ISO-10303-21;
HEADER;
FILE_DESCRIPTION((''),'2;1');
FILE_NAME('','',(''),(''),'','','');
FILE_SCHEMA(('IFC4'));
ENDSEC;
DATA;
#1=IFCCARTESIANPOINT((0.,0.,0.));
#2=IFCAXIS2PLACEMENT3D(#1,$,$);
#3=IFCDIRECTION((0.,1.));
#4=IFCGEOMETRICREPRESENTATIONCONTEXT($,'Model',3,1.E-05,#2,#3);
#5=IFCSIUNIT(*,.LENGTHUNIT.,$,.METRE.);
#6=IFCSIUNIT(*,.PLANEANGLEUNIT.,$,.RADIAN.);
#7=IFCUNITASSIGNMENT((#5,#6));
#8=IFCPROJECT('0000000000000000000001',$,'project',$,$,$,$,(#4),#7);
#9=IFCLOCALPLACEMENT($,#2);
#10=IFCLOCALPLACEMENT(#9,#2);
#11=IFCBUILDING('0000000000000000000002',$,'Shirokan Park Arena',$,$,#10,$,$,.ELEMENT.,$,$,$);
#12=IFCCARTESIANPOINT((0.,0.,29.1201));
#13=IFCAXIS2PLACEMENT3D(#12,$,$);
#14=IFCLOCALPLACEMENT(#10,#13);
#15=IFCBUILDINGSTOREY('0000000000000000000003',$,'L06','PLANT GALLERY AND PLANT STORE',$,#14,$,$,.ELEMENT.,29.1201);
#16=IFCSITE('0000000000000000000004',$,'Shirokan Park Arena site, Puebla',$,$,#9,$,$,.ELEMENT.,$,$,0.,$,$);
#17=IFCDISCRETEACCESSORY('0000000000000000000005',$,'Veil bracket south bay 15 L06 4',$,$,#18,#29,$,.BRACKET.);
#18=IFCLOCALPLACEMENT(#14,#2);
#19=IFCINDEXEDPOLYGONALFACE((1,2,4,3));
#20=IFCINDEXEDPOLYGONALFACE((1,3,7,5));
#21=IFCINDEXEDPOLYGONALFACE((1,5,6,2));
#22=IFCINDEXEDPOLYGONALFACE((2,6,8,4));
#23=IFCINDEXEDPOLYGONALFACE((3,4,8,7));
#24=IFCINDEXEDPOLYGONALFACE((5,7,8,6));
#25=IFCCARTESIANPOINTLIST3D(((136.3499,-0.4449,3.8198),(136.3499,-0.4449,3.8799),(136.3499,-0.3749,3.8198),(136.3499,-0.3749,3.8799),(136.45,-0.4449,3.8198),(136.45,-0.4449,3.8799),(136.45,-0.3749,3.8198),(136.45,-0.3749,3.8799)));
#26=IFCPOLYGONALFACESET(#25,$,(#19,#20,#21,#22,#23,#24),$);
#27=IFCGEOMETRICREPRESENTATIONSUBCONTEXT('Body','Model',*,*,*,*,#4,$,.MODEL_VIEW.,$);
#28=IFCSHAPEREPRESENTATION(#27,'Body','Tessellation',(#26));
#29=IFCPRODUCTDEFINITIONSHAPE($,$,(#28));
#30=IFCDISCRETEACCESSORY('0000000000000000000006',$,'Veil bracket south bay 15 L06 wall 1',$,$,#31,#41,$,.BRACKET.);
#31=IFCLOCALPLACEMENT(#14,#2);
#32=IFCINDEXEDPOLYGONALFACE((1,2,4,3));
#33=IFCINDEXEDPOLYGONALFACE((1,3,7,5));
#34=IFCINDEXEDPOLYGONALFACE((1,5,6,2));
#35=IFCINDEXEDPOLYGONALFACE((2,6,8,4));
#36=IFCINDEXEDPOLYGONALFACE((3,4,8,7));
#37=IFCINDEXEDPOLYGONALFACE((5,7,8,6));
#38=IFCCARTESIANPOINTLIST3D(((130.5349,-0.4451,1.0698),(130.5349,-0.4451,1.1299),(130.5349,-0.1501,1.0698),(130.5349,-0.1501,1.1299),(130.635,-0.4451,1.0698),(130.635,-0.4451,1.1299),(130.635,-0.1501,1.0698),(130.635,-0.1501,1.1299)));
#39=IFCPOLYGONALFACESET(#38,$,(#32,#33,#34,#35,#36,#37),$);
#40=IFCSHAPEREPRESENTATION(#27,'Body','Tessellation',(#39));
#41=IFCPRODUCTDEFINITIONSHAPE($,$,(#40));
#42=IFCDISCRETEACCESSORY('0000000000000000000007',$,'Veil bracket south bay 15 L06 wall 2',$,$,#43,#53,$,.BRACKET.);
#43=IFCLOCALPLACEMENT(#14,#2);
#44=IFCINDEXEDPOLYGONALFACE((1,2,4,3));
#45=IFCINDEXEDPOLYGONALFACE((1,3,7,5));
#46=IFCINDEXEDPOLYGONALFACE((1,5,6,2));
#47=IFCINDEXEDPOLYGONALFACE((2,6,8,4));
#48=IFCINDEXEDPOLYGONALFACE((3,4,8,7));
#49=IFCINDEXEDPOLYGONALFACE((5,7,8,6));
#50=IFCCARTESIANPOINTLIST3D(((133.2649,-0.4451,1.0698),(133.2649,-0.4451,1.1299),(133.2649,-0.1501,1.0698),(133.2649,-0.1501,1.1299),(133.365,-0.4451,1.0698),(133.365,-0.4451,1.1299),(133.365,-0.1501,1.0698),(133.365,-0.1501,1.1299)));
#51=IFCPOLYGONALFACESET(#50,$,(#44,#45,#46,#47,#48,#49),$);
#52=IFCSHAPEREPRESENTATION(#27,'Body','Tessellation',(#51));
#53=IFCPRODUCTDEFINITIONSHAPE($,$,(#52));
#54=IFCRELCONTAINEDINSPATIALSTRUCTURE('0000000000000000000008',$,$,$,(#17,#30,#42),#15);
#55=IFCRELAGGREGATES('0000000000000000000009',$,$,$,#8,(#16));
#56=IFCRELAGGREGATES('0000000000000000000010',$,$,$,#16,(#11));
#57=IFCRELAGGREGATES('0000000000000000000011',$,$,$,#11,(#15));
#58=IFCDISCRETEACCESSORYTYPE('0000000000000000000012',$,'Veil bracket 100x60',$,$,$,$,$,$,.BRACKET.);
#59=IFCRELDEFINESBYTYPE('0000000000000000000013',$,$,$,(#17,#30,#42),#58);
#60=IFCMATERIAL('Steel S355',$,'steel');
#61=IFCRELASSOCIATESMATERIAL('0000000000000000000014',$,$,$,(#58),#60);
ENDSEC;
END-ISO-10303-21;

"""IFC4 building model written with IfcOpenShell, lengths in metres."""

from ifc_helpers import new_model, si_unit, direction, frame, origin, origin_2d, place, context, subcontext, project, spatial, rectangle, extrude, material, type_object, element, save


model = new_model("IFC4")

# Units and contexts
model_context = context("Model", 3, precision=1e-05, world=origin(), true_north=direction((0.0, 1.0)))
body_context = subcontext(model_context, "Body", "Model", "MODEL_VIEW")
ifc_project = project(units=[si_unit("LENGTHUNIT", "METRE"), si_unit("PLANEANGLEUNIT", "RADIAN")], contexts=[model_context])

# Site, building, storey
site_placement = place(None, origin())
site = spatial("IfcSite", under=ifc_project, at=site_placement, Name="Shirokan Park Arena site, Puebla", CompositionType="ELEMENT", RefElevation=0.0)
building_placement = place(site_placement, origin())
building = spatial("IfcBuilding", under=site, at=building_placement, Name="Shirokan Park Arena", CompositionType="ELEMENT")
storey_placement = place(building_placement, frame((0.0, 0.0, 29.1201)))
storey = spatial("IfcBuildingStorey", under=building, at=storey_placement, Name="L06", Description="PLANT GALLERY AND PLANT STORE", CompositionType="ELEMENT", Elevation=29.1201)

# Discrete accessories
ifc_material_1 = material(Name="Steel S355", Category="steel")
discrete_accessory_type = type_object("IfcDiscreteAccessoryType", Name="Veil bracket 100x60", PredefinedType="BRACKET", material=ifc_material_1)
for number, where, z_axis, x_axis, name in (
    (1, (136.3999, -0.4099, 3.8198), (0.0, 0.0, 1.0), (1.0, 0.0, 0.0), "Veil bracket south bay 15 L06 4"),
):
    element("IfcDiscreteAccessory", number, at=place(storey_placement, frame(where, z_axis=z_axis, x_axis=x_axis)), inside=storey, type_object=discrete_accessory_type, Name=name, PredefinedType="BRACKET", context=body_context, shape_type="SweptSolid", body=[
        extrude(rectangle(XDim=0.1001, YDim=0.0701, at=origin_2d()), origin(), (0.0, 0.0, 1.0), 0.0601),
    ])
for number, where, z_axis, x_axis, name in (
    (2, (130.585, -0.2976, 1.0698), (0.0, 0.0, 1.0), (1.0, 0.0, 0.0), "Veil bracket south bay 15 L06 wall 1"),
    (3, (133.3149, -0.2976, 1.0698), (0.0, 0.0, 1.0), (1.0, 0.0, 0.0), "Veil bracket south bay 15 L06 wall 2"),
):
    element("IfcDiscreteAccessory", number, at=place(storey_placement, frame(where, z_axis=z_axis, x_axis=x_axis)), inside=storey, type_object=discrete_accessory_type, Name=name, PredefinedType="BRACKET", context=body_context, shape_type="SweptSolid", body=[
        extrude(rectangle(XDim=0.1001, YDim=0.2949, at=origin_2d()), origin(), (0.0, 0.0, 1.0), 0.0601),
    ])

save(model, "model.ifc")
